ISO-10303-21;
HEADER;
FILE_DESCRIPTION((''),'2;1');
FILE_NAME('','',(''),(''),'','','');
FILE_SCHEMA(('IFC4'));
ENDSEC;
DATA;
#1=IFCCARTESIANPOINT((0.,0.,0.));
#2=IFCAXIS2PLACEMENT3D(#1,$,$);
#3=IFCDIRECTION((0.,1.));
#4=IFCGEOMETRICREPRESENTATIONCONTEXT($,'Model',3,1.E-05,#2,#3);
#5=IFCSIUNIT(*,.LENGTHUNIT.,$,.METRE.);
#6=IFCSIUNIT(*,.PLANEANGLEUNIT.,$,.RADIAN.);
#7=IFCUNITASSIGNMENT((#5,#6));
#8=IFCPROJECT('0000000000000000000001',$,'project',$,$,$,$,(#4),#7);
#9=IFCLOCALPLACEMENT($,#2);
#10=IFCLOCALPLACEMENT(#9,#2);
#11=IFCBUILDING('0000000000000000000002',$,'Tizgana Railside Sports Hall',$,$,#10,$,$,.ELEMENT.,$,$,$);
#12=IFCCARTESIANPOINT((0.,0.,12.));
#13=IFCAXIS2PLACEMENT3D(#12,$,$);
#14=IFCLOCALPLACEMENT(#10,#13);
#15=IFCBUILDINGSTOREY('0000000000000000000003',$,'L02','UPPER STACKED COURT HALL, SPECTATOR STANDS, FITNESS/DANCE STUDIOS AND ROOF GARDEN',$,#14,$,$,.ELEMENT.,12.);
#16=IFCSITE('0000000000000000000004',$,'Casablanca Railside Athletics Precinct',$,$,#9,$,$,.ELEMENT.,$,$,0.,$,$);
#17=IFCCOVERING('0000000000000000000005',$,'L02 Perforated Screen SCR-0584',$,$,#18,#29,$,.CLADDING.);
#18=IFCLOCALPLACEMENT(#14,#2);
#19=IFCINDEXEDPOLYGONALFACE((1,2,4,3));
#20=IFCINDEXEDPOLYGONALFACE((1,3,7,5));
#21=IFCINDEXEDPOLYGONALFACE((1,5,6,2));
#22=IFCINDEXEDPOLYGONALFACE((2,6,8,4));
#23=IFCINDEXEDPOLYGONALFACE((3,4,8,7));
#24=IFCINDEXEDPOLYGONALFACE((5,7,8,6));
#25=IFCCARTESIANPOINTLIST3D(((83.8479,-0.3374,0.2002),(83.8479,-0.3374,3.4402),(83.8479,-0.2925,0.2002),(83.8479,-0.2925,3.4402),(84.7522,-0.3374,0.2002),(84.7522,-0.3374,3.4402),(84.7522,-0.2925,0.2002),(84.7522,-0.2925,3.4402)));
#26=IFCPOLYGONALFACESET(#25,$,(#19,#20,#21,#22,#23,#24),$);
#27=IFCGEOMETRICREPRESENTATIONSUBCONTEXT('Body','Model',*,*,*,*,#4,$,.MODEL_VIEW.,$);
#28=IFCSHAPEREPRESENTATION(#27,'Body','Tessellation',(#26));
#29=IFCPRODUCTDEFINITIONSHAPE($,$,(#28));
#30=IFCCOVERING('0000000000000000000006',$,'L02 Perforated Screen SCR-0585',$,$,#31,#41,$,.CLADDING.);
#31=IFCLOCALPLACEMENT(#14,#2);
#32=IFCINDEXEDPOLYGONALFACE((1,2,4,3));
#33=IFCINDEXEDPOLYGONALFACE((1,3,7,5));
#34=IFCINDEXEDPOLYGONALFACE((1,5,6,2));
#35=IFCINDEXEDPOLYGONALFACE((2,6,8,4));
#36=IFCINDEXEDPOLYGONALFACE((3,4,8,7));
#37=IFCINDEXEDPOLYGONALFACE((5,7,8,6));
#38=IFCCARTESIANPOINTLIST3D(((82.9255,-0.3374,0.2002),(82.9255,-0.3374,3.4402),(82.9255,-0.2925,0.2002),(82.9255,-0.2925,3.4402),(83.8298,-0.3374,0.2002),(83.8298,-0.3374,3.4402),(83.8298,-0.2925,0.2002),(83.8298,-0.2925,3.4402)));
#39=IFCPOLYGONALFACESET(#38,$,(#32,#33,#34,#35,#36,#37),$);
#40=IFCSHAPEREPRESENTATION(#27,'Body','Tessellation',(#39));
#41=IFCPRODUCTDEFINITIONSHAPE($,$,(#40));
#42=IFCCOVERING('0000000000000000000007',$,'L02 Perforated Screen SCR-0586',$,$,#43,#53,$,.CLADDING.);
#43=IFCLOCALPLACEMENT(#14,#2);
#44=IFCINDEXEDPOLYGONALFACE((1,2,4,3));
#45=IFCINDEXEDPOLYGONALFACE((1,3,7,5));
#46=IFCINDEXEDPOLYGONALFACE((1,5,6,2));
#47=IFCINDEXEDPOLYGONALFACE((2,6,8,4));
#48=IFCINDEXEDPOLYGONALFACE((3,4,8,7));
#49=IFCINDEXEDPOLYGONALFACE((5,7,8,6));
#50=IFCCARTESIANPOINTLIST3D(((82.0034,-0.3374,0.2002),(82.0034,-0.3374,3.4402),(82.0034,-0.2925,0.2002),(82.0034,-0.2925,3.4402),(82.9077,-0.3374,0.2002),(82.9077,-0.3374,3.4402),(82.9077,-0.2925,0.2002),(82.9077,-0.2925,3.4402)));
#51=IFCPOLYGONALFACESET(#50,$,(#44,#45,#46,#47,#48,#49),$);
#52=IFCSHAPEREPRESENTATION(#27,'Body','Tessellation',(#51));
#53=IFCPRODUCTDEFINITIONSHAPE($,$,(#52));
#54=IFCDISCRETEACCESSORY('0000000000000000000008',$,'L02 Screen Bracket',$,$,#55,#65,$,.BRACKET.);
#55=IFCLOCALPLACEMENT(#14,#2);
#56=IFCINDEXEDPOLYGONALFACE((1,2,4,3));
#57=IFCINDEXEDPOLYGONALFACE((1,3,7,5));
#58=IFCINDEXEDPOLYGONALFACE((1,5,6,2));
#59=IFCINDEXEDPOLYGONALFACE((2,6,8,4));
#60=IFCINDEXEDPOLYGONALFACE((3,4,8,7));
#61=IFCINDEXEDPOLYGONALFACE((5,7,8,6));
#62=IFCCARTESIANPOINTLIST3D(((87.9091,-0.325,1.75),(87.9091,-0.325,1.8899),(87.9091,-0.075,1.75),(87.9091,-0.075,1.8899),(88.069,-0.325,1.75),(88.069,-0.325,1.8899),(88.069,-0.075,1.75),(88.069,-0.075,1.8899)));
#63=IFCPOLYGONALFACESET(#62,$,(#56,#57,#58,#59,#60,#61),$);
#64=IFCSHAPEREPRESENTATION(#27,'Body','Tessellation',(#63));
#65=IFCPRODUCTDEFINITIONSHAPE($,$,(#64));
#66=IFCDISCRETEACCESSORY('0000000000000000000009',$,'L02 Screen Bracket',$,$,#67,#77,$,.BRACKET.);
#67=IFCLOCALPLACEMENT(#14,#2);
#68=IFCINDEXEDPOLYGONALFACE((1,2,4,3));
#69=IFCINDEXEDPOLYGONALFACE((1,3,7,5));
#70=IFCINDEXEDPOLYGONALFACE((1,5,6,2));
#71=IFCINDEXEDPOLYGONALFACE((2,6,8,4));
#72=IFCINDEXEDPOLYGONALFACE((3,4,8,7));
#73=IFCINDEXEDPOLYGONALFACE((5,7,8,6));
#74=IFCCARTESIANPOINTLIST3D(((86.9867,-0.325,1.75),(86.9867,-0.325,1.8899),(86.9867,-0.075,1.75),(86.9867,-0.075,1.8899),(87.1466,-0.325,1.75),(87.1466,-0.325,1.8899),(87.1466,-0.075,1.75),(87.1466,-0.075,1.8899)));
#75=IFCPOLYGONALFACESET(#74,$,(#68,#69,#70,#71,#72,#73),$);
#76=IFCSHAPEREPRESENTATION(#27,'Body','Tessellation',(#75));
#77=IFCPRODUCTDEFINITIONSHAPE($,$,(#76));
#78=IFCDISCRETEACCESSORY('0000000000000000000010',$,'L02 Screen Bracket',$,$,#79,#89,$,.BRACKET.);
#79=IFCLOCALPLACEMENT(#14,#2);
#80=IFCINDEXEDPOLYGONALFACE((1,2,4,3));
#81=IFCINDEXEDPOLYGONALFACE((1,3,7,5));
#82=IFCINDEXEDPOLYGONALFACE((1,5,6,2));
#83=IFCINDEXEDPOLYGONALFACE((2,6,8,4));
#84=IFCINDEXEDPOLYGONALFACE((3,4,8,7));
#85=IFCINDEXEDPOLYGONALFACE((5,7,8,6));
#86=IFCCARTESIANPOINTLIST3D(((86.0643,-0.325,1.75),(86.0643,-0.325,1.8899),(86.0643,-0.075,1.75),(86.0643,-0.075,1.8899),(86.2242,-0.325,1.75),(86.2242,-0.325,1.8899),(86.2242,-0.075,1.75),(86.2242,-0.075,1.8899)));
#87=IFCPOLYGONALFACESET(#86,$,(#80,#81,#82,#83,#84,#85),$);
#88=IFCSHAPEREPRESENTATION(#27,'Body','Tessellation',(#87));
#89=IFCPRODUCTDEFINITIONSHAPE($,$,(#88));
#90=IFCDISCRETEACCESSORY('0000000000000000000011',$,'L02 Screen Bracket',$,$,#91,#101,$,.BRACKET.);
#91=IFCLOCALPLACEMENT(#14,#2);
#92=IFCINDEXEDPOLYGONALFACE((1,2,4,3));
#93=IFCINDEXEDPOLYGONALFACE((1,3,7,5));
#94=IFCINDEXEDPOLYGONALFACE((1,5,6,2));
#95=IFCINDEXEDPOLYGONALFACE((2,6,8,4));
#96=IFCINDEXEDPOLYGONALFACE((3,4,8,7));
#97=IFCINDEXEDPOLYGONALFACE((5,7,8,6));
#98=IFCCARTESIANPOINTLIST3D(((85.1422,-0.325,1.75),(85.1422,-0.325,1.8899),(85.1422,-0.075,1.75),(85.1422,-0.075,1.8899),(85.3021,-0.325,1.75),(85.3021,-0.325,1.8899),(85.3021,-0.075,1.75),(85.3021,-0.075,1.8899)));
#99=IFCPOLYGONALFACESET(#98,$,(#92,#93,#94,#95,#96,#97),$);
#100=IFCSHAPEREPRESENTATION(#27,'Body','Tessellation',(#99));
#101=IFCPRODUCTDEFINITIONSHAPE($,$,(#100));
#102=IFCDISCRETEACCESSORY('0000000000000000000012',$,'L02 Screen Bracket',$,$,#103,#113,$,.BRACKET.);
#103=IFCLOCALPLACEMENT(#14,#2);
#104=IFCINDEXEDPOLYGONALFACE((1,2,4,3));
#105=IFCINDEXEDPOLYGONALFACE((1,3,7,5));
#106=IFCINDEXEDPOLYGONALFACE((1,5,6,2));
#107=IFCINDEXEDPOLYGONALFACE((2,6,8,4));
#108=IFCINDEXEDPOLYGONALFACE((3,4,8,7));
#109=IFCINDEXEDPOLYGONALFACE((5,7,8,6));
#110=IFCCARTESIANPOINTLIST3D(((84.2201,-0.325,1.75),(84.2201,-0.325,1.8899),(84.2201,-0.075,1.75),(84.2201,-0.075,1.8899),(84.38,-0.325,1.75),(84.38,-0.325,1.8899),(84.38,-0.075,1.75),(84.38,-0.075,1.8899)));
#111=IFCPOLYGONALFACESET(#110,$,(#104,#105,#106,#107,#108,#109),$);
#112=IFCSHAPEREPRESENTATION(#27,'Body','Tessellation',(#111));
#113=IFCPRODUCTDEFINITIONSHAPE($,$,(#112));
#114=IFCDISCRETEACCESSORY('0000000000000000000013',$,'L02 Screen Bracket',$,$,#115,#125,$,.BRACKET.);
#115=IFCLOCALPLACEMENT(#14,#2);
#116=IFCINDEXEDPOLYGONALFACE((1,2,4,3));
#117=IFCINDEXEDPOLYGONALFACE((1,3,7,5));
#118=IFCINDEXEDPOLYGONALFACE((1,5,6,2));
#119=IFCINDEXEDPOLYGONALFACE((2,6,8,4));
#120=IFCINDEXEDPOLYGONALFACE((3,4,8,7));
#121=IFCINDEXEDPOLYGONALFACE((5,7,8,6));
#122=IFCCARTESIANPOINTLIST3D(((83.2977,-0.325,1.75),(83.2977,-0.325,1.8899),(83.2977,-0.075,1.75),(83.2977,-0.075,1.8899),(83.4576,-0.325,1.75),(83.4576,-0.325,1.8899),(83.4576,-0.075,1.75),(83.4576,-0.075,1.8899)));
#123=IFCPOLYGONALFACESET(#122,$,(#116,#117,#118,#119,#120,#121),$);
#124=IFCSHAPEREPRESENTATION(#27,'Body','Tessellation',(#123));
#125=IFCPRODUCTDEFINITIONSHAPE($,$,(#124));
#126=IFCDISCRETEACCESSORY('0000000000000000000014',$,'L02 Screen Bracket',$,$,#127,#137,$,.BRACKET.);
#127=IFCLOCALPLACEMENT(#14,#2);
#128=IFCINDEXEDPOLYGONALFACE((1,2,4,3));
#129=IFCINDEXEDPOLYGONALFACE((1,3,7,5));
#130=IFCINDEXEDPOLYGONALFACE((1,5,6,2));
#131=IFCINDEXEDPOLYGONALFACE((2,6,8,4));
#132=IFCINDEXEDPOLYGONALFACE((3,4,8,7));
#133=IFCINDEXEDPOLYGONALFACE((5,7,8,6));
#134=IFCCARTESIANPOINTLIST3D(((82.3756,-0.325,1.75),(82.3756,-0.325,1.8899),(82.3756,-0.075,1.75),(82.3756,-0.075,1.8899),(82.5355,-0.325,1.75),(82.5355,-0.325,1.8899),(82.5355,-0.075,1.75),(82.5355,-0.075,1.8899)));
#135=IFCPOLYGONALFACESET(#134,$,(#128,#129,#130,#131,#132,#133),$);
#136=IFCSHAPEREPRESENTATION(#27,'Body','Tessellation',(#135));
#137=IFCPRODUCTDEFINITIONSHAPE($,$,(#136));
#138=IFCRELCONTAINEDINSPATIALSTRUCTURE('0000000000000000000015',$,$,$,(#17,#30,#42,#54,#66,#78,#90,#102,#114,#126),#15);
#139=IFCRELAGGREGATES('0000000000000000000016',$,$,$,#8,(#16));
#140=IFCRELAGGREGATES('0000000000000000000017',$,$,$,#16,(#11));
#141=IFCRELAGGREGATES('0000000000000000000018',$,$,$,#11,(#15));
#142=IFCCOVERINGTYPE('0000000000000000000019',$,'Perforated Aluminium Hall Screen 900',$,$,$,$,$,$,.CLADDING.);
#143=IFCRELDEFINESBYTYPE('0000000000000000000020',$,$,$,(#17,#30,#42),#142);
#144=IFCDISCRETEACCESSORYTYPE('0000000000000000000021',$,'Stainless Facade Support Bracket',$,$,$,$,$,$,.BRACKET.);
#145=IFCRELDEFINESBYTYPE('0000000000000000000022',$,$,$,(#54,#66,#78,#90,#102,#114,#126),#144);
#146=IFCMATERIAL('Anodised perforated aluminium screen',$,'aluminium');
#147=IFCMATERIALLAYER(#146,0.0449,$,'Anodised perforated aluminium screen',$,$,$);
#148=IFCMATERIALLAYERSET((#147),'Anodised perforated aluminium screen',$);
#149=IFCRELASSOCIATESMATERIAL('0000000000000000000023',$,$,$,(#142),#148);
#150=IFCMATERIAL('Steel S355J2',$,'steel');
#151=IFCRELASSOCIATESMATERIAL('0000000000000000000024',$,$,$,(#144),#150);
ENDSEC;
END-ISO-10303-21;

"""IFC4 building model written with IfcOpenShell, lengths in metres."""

from ifc_helpers import new_model, si_unit, direction, frame, origin, origin_2d, place, context, subcontext, project, spatial, rectangle, extrude, material, layer, layer_set, type_object, element, save


model = new_model("IFC4")

# Units and contexts
model_context = context("Model", 3, precision=1e-05, world=origin(), true_north=direction((0.0, 1.0)))
body_context = subcontext(model_context, "Body", "Model", "MODEL_VIEW")
ifc_project = project(units=[si_unit("LENGTHUNIT", "METRE"), si_unit("PLANEANGLEUNIT", "RADIAN")], contexts=[model_context])

# Site, building, storey
site_placement = place(None, origin())
site = spatial("IfcSite", under=ifc_project, at=site_placement, Name="Casablanca Railside Athletics Precinct", CompositionType="ELEMENT", RefElevation=0.0)
building_placement = place(site_placement, origin())
building = spatial("IfcBuilding", under=site, at=building_placement, Name="Tizgana Railside Sports Hall", CompositionType="ELEMENT")
storey_placement = place(building_placement, frame((0.0, 0.0, 12.0)))
storey = spatial("IfcBuildingStorey", under=building, at=storey_placement, Name="L02", Description="UPPER STACKED COURT HALL, SPECTATOR STANDS, FITNESS/DANCE STUDIOS AND ROOF GARDEN", CompositionType="ELEMENT", Elevation=12.0)

# Shared definitions
ifc_material_1 = material(Name="Steel S355J2", Category="steel")

# Coverings
ifc_material_2 = material(Name="Anodised perforated aluminium screen", Category="aluminium")
ifc_layer_1 = layer(ifc_material_2, 0.0449, Name="Anodised perforated aluminium screen")
ifc_layer_set_1 = layer_set([ifc_layer_1], Name="Anodised perforated aluminium screen")
covering_type = type_object("IfcCoveringType", Name="Perforated Aluminium Hall Screen 900", PredefinedType="CLADDING", material=ifc_layer_set_1)
for number, where, z_axis, x_axis, name in (
    (1, (84.3, -0.3149, 0.2002), (0.0, 0.0, 1.0), (-1.0, 0.0, 0.0), "L02 Perforated Screen SCR-0584"),
    (2, (83.3777, -0.3149, 0.2002), (0.0, 0.0, 1.0), (-1.0, 0.0, 0.0), "L02 Perforated Screen SCR-0585"),
    (3, (82.4556, -0.3149, 0.2002), (0.0, 0.0, 1.0), (-1.0, 0.0, 0.0), "L02 Perforated Screen SCR-0586"),
):
    element("IfcCovering", number, at=place(storey_placement, frame(where, z_axis=z_axis, x_axis=x_axis)), inside=storey, type_object=covering_type, Name=name, PredefinedType="CLADDING", context=body_context, shape_type="SweptSolid", body=[
        extrude(rectangle(XDim=0.9043, YDim=0.0449, at=origin_2d()), origin(), (0.0, 0.0, 1.0), 3.24),
    ])

# Discrete accessories
discrete_accessory_type = type_object("IfcDiscreteAccessoryType", Name="Stainless Facade Support Bracket", PredefinedType="BRACKET", material=ifc_material_1)
for number, where, z_axis, x_axis, name in (
    (4, (87.989, -0.2, 1.75), (0.0, 0.0, 1.0), (-1.0, 0.0, 0.0), "L02 Screen Bracket"),
    (5, (87.0667, -0.2, 1.75), (0.0, 0.0, 1.0), (-1.0, 0.0, 0.0), "L02 Screen Bracket"),
    (6, (86.1443, -0.2, 1.75), (0.0, 0.0, 1.0), (-1.0, 0.0, 0.0), "L02 Screen Bracket"),
    (7, (85.2222, -0.2, 1.75), (0.0, 0.0, 1.0), (-1.0, 0.0, 0.0), "L02 Screen Bracket"),
    (8, (84.3, -0.2, 1.75), (0.0, 0.0, 1.0), (-1.0, 0.0, 0.0), "L02 Screen Bracket"),
    (9, (83.3777, -0.2, 1.75), (0.0, 0.0, 1.0), (-1.0, 0.0, 0.0), "L02 Screen Bracket"),
    (10, (82.4556, -0.2, 1.75), (0.0, 0.0, 1.0), (-1.0, 0.0, 0.0), "L02 Screen Bracket"),
):
    element("IfcDiscreteAccessory", number, at=place(storey_placement, frame(where, z_axis=z_axis, x_axis=x_axis)), inside=storey, type_object=discrete_accessory_type, Name=name, PredefinedType="BRACKET", context=body_context, shape_type="SweptSolid", body=[
        extrude(rectangle(XDim=0.1599, YDim=0.25, at=origin_2d()), origin(), (0.0, 0.0, 1.0), 0.1399),
    ])

save(model, "model.ifc")
